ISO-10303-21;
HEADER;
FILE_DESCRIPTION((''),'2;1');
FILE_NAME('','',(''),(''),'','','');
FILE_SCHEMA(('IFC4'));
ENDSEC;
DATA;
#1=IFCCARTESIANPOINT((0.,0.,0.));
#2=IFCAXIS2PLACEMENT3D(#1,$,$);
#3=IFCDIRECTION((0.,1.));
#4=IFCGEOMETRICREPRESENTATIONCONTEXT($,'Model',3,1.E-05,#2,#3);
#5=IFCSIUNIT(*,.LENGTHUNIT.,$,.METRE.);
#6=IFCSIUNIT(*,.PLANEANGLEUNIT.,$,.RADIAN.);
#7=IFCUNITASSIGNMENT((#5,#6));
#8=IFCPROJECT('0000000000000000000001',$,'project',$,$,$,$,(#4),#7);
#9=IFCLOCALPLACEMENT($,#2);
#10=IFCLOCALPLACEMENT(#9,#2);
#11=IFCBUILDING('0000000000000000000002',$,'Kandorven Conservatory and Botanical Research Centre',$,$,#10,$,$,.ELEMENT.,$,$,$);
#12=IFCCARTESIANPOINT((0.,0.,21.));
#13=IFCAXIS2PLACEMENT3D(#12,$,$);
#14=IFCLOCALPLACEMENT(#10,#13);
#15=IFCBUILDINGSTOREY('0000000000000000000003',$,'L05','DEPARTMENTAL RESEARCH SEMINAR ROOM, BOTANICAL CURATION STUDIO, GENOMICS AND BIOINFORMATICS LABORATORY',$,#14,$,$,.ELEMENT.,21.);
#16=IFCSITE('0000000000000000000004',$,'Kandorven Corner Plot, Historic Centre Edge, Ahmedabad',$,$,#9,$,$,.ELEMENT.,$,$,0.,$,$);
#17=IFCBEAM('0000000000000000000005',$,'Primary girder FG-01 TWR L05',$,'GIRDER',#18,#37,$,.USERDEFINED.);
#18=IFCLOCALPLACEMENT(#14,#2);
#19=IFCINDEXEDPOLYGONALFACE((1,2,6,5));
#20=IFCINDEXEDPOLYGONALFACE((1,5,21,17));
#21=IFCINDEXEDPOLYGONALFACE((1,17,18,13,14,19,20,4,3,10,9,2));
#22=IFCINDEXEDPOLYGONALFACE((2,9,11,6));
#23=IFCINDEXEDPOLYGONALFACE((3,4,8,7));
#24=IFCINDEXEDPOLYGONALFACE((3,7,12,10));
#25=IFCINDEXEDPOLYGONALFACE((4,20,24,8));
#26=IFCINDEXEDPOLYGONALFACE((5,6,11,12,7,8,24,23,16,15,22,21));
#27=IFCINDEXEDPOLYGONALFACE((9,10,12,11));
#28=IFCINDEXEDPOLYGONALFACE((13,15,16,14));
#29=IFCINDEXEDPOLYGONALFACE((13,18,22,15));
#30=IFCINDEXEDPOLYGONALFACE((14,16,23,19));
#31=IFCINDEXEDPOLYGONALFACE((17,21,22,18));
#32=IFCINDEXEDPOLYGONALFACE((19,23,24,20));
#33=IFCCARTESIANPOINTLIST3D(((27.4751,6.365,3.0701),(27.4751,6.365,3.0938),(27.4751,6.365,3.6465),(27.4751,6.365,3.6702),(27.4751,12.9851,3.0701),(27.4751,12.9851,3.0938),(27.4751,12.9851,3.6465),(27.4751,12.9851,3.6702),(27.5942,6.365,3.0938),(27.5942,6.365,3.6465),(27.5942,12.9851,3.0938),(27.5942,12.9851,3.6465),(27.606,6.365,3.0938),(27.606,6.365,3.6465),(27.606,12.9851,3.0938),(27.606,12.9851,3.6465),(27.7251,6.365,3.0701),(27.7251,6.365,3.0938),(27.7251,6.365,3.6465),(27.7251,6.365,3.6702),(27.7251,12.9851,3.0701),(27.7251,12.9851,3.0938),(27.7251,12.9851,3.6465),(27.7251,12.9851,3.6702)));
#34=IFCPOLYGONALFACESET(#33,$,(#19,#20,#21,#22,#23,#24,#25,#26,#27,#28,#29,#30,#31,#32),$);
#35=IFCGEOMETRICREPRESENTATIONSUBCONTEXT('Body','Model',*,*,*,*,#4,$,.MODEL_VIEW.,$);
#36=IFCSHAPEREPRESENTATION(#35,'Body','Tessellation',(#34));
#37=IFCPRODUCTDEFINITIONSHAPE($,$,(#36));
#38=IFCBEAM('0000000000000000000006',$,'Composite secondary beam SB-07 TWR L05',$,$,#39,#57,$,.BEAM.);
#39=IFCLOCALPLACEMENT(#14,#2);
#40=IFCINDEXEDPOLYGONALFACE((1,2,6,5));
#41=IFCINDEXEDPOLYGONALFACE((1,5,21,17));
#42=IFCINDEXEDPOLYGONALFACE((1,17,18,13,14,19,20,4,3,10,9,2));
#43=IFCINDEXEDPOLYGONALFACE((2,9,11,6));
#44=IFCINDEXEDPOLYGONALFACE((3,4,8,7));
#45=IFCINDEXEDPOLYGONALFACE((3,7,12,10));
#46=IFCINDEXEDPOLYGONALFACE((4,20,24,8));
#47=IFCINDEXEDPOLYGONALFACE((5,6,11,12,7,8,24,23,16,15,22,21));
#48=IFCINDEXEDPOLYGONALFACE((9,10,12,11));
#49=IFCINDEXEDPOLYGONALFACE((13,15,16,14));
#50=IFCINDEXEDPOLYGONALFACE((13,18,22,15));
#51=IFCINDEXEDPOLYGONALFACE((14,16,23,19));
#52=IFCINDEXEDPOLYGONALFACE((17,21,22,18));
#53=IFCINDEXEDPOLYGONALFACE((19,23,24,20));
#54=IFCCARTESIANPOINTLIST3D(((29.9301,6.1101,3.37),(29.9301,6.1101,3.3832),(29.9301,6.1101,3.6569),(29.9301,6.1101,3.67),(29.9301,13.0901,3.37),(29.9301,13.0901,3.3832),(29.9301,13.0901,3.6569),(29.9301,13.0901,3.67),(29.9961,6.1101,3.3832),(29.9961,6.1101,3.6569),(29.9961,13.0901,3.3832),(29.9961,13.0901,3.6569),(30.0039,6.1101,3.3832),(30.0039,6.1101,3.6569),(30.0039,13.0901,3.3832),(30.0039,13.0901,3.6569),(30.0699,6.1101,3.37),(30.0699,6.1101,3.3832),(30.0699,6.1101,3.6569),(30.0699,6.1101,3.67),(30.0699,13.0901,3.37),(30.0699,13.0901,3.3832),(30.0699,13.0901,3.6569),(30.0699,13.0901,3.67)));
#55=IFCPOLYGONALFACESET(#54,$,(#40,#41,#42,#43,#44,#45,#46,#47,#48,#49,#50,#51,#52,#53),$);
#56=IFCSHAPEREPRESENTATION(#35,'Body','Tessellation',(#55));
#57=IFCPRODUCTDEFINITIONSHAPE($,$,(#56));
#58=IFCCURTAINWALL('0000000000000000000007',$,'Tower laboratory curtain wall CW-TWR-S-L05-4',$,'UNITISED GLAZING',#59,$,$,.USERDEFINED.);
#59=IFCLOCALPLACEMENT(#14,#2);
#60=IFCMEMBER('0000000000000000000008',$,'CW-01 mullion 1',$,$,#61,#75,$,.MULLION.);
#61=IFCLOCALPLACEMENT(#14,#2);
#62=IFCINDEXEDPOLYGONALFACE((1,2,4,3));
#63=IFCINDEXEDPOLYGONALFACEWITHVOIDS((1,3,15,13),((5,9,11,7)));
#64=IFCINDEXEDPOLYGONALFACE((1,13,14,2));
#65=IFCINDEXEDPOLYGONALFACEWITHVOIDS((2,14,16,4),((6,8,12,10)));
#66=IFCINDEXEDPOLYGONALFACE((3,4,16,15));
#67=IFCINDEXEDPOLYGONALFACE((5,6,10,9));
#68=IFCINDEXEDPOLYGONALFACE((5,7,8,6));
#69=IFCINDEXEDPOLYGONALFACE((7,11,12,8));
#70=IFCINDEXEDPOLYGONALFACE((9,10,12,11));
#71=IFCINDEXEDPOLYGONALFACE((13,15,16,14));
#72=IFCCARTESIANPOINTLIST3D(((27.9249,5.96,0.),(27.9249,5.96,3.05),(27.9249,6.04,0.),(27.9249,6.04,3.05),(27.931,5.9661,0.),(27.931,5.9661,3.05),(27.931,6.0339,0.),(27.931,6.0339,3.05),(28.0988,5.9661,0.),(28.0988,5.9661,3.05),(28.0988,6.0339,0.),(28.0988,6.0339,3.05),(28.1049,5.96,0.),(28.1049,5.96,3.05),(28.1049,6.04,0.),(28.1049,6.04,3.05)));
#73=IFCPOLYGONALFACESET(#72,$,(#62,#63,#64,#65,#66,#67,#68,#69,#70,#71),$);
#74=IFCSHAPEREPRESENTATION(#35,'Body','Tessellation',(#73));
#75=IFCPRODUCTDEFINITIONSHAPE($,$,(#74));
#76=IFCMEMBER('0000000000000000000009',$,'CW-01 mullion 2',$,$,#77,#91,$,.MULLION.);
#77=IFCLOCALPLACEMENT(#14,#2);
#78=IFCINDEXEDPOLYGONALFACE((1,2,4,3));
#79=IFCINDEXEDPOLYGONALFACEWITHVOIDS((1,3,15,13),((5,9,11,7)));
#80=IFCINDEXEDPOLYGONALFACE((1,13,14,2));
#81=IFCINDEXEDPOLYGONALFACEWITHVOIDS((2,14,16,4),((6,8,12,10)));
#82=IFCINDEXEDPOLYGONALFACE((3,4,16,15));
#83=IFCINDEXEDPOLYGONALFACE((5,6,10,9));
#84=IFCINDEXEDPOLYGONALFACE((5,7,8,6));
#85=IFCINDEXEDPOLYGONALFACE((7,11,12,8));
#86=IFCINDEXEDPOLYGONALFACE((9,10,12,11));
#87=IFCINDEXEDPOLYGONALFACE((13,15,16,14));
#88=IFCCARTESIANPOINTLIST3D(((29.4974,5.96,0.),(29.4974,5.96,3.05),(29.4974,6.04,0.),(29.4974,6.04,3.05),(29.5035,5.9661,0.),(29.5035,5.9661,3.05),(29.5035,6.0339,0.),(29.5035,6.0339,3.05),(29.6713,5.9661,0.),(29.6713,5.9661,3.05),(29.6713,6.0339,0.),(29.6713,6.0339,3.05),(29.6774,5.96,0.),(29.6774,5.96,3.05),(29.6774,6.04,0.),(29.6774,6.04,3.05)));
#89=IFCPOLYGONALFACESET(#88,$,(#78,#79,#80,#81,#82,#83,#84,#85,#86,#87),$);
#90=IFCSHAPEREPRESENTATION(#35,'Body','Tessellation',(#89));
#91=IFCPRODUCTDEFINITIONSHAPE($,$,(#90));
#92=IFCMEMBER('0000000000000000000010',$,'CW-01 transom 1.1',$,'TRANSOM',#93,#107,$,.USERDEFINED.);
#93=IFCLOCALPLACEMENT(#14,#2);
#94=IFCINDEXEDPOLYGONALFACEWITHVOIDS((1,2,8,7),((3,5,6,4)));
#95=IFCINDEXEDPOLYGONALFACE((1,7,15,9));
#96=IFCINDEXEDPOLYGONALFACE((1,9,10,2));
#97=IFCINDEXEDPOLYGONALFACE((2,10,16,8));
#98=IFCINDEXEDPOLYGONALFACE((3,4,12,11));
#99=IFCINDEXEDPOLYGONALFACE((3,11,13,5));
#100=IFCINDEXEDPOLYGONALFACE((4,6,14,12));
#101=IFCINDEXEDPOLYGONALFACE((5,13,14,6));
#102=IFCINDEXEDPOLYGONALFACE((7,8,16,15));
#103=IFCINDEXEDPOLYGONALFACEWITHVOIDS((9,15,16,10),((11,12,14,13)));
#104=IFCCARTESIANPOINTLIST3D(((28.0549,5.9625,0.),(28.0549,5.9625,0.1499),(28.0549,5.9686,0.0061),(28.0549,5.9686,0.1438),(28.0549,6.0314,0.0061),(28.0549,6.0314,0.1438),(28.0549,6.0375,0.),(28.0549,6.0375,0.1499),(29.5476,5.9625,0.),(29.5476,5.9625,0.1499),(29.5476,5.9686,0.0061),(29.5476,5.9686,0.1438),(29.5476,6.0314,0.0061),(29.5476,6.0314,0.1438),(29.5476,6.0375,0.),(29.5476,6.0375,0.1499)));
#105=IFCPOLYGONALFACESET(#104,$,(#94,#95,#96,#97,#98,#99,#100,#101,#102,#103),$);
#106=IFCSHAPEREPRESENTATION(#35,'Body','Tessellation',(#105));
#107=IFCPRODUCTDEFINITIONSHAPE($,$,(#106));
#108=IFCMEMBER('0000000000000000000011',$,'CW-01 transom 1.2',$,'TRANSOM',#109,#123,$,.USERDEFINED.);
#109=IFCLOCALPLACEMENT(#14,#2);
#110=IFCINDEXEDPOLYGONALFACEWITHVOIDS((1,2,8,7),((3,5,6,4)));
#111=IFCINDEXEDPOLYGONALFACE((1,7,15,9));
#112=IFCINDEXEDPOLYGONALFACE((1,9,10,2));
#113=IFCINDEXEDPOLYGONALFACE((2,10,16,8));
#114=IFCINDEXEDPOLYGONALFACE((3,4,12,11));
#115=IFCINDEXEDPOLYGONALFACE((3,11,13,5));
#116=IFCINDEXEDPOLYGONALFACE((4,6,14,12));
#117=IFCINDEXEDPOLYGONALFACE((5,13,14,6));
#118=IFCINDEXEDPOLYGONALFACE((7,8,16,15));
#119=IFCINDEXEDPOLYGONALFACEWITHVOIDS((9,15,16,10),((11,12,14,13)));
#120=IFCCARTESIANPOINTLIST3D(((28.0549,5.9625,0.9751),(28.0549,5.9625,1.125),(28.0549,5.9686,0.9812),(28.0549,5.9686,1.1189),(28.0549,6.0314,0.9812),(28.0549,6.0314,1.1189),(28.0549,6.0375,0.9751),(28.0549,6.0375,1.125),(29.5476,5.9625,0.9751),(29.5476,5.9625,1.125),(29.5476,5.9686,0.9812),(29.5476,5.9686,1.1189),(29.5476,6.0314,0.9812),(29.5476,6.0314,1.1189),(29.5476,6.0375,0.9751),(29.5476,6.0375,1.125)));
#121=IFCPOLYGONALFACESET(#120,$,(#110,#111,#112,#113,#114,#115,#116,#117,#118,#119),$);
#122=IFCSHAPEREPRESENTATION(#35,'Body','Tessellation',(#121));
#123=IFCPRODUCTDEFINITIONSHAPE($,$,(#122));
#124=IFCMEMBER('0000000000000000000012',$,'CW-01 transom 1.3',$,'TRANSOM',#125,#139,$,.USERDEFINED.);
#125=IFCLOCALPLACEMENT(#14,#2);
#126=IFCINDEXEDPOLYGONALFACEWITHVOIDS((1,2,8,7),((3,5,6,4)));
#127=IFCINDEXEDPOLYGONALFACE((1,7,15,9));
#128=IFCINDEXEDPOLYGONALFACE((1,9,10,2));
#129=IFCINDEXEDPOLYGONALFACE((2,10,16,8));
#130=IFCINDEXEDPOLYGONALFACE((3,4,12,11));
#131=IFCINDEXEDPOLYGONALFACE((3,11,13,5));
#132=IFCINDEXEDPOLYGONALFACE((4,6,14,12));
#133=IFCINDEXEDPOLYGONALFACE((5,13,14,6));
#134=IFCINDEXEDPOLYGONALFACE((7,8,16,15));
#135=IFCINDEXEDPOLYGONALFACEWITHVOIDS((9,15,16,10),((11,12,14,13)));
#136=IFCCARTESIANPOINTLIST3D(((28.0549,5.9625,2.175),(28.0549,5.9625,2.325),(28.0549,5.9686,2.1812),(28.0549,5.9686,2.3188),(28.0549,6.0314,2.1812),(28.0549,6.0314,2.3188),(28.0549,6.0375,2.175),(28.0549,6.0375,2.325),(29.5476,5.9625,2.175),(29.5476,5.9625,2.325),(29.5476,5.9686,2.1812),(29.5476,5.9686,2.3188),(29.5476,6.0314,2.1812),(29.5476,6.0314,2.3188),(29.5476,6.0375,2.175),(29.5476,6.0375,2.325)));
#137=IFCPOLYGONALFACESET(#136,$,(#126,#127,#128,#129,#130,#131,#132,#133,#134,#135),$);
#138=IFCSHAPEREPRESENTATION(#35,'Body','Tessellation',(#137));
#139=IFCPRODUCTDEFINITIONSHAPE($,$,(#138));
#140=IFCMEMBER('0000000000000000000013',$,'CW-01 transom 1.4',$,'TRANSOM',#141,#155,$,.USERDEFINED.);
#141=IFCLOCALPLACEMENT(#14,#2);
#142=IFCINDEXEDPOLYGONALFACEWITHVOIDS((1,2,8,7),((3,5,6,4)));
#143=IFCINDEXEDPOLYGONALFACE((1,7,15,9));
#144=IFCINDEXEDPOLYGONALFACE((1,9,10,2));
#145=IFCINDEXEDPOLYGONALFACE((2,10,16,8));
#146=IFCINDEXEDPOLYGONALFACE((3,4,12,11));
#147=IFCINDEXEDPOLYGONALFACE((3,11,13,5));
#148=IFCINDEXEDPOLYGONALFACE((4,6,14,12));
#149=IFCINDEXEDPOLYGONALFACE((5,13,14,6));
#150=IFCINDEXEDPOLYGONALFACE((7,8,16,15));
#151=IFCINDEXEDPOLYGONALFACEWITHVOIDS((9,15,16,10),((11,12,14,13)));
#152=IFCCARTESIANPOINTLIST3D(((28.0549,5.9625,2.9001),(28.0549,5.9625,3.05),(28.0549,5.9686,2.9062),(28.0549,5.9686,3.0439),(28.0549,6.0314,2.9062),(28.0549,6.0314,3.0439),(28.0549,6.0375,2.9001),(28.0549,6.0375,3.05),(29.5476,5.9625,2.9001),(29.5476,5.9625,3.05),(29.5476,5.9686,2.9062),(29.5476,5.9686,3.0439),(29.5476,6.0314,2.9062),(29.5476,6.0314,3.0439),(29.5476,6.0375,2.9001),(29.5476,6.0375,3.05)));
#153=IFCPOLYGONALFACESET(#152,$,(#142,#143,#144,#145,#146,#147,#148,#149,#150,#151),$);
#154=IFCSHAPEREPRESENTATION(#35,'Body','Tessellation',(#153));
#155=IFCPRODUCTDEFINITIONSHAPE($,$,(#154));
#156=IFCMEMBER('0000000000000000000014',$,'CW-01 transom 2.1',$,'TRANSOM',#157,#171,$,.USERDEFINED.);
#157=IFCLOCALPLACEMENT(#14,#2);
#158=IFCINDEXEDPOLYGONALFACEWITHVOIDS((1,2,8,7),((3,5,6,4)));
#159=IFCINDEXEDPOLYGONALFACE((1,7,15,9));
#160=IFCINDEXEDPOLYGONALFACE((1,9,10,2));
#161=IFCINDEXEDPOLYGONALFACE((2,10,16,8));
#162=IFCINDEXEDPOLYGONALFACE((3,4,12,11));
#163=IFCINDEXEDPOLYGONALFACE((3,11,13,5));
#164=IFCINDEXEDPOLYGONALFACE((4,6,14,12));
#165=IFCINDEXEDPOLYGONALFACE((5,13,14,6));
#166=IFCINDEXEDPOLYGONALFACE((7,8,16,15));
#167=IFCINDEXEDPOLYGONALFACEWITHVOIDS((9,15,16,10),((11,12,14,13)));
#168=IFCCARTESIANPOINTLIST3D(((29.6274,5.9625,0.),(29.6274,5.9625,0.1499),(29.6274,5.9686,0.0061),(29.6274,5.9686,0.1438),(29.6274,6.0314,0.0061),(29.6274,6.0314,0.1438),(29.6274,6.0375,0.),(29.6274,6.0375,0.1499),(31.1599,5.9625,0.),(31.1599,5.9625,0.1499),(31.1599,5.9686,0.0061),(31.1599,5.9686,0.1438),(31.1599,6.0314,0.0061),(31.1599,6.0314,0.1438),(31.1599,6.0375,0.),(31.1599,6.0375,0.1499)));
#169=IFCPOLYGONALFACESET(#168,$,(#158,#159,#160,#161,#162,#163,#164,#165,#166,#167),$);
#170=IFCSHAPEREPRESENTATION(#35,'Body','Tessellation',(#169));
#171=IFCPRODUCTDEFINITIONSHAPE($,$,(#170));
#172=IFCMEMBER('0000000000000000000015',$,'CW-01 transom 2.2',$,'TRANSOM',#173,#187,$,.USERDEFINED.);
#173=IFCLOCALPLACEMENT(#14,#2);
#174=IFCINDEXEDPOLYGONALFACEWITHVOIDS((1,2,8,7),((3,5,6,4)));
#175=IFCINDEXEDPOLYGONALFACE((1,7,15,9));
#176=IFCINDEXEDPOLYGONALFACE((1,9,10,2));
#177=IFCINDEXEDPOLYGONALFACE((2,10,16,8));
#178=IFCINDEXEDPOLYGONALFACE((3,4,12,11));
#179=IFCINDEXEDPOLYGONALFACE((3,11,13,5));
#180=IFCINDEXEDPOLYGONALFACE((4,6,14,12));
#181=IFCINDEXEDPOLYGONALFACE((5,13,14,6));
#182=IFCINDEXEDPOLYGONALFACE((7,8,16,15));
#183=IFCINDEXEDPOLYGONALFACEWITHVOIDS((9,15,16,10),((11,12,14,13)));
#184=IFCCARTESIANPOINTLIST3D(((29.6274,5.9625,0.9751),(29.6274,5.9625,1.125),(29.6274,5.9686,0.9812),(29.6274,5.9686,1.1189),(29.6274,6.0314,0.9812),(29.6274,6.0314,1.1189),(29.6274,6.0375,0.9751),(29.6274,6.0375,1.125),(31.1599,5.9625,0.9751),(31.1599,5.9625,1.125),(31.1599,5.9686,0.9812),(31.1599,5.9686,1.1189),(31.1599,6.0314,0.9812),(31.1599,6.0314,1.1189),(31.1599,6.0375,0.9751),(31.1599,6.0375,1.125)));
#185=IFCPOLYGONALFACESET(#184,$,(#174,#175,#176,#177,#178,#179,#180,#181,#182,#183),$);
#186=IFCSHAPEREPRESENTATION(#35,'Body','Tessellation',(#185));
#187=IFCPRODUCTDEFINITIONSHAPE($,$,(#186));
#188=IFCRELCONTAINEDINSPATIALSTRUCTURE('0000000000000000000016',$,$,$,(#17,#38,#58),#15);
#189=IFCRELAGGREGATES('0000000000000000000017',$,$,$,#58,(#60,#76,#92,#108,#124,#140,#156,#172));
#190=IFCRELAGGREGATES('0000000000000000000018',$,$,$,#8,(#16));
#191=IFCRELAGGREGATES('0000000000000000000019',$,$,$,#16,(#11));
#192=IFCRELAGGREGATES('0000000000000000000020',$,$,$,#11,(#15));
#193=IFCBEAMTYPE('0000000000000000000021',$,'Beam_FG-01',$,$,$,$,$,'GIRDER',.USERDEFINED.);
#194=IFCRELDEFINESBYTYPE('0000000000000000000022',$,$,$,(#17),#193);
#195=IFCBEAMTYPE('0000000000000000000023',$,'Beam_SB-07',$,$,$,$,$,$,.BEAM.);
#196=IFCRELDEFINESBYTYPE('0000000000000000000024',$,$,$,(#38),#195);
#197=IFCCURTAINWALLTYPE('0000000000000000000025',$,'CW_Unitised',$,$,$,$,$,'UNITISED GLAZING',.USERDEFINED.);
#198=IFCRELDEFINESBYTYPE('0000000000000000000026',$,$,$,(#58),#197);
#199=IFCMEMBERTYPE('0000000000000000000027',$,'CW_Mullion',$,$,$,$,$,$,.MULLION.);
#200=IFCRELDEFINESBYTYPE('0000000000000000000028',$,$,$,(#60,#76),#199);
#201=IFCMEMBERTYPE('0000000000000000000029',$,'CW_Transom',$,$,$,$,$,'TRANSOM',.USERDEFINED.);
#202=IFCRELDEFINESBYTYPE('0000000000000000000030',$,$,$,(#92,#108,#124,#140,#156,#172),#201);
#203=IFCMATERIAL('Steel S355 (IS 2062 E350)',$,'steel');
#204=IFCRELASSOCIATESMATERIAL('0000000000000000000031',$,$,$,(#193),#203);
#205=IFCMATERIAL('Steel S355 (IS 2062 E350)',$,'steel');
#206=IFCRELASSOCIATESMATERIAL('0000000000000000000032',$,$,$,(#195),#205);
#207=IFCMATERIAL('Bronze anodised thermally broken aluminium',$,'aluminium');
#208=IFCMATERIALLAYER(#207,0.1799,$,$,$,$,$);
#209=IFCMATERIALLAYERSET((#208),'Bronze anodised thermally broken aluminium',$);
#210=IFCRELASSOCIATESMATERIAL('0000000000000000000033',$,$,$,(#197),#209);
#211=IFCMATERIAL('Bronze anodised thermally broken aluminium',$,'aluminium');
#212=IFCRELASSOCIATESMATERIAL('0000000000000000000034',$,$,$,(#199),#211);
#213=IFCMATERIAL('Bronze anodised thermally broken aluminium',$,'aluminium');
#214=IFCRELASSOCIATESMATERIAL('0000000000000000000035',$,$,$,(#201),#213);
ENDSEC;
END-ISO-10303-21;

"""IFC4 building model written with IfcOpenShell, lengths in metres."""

from ifc_helpers import new_model, si_unit, direction, frame, origin, origin_2d, place, context, subcontext, project, spatial, hollow_rectangle, i_section, extrude, material, layer, layer_set, material_profile, profile_set, type_object, element, aggregate, save


model = new_model("IFC4")

# Units and contexts
model_context = context("Model", 3, precision=1e-05, world=origin(), true_north=direction((0.0, 1.0)))
body_context = subcontext(model_context, "Body", "Model", "MODEL_VIEW")
ifc_project = project(units=[si_unit("LENGTHUNIT", "METRE"), si_unit("PLANEANGLEUNIT", "RADIAN")], contexts=[model_context])

# Site, building, storey
site_placement = place(None, origin())
site = spatial("IfcSite", under=ifc_project, at=site_placement, Name="Kandorven Corner Plot, Historic Centre Edge, Ahmedabad", CompositionType="ELEMENT", RefElevation=0.0)
building_placement = place(site_placement, origin())
building = spatial("IfcBuilding", under=site, at=building_placement, Name="Kandorven Conservatory and Botanical Research Centre", CompositionType="ELEMENT")
storey_placement = place(building_placement, frame((0.0, 0.0, 21.0)))
storey = spatial("IfcBuildingStorey", under=building, at=storey_placement, Name="L05", Description="DEPARTMENTAL RESEARCH SEMINAR ROOM, BOTANICAL CURATION STUDIO, GENOMICS AND BIOINFORMATICS LABORATORY", CompositionType="ELEMENT", Elevation=21.0)

# Beams
ifc_material_1 = material(Name="Steel S355 (IS 2062 E350)", Category="steel")
ifc_material_profile_1 = material_profile(ifc_material_1, i_section(OverallWidth=0.25, OverallDepth=0.6001, WebThickness=0.0117, FlangeThickness=0.0237, at=origin_2d()))
ifc_profile_set_1 = profile_set([ifc_material_profile_1], Name="Steel S355 (IS 2062 E350)")
beam_type_1 = type_object("IfcBeamType", Name="Beam_FG-01", ElementType="GIRDER", PredefinedType="USERDEFINED", material=ifc_profile_set_1)
beam_1_placement = place(storey_placement, frame((27.6001, 6.365, 3.3701), z_axis=(0.0, 1.0, 0.0), x_axis=(-1.0, 0.0, 0.0)))
element("IfcBeam", 1, at=beam_1_placement, inside=storey, type_object=beam_type_1, Name="Primary girder FG-01 TWR L05", ObjectType="GIRDER", PredefinedType="USERDEFINED", context=body_context, shape_type="SweptSolid", body=[
    extrude(i_section(OverallWidth=0.25, OverallDepth=0.6001, WebThickness=0.0117, FlangeThickness=0.0237, at=origin_2d()), origin(), (0.0, 0.0, 1.0), 6.6201),
])
ifc_material_2 = material(Name="Steel S355 (IS 2062 E350)", Category="steel")
ifc_material_profile_2 = material_profile(ifc_material_2, i_section(OverallWidth=0.1399, OverallDepth=0.3, WebThickness=0.0078, FlangeThickness=0.0132, at=origin_2d()))
ifc_profile_set_2 = profile_set([ifc_material_profile_2], Name="Steel S355 (IS 2062 E350)")
beam_type_2 = type_object("IfcBeamType", Name="Beam_SB-07", PredefinedType="BEAM", material=ifc_profile_set_2)
beam_2_placement = place(storey_placement, frame((30.0, 6.1101, 3.52), z_axis=(0.0, 1.0, 0.0), x_axis=(-1.0, 0.0, 0.0)))
element("IfcBeam", 2, at=beam_2_placement, inside=storey, type_object=beam_type_2, Name="Composite secondary beam SB-07 TWR L05", PredefinedType="BEAM", context=body_context, shape_type="SweptSolid", body=[
    extrude(i_section(OverallWidth=0.1399, OverallDepth=0.3, WebThickness=0.0078, FlangeThickness=0.0132, at=origin_2d()), origin(), (0.0, 0.0, 1.0), 6.98),
])

# Curtain wall, members
ifc_material_3 = material(Name="Bronze anodised thermally broken aluminium", Category="aluminium")
ifc_layer_1 = layer(ifc_material_3, 0.1799)
ifc_layer_set_1 = layer_set([ifc_layer_1], Name="Bronze anodised thermally broken aluminium")
curtain_wall_type = type_object("IfcCurtainWallType", Name="CW_Unitised", ElementType="UNITISED GLAZING", PredefinedType="USERDEFINED", material=ifc_layer_set_1)
curtain_wall_placement = place(storey_placement, origin())
curtain_wall = element("IfcCurtainWall", 3, at=curtain_wall_placement, inside=storey, type_object=curtain_wall_type, Name="Tower laboratory curtain wall CW-TWR-S-L05-4", ObjectType="UNITISED GLAZING", PredefinedType="USERDEFINED")
ifc_material_4 = material(Name="Bronze anodised thermally broken aluminium", Category="aluminium")
ifc_material_profile_3 = material_profile(ifc_material_4, hollow_rectangle(XDim=0.0801, YDim=0.1799, WallThickness=0.0061, at=origin_2d()))
ifc_profile_set_3 = profile_set([ifc_material_profile_3], Name="Bronze anodised thermally broken aluminium")
member_type_1 = type_object("IfcMemberType", Name="CW_Mullion", PredefinedType="MULLION", material=ifc_profile_set_3)
member_1_placement = place(storey_placement, frame((28.0149, 6.0, 0.0), z_axis=(0.0, 0.0, 1.0), x_axis=(0.0, 1.0, 0.0)))
member_1 = element("IfcMember", 4, at=member_1_placement, type_object=member_type_1, Name="CW-01 mullion 1", PredefinedType="MULLION", context=body_context, shape_type="SweptSolid", body=[
    extrude(hollow_rectangle(XDim=0.0801, YDim=0.1799, WallThickness=0.0061, at=origin_2d()), origin(), (0.0, 0.0, 1.0), 3.05),
])
member_2_placement = place(storey_placement, frame((29.5874, 6.0, 0.0), z_axis=(0.0, 0.0, 1.0), x_axis=(0.0, 1.0, 0.0)))
member_2 = element("IfcMember", 5, at=member_2_placement, type_object=member_type_1, Name="CW-01 mullion 2", PredefinedType="MULLION", context=body_context, shape_type="SweptSolid", body=[
    extrude(hollow_rectangle(XDim=0.0801, YDim=0.1799, WallThickness=0.0061, at=origin_2d()), origin(), (0.0, 0.0, 1.0), 3.05),
])
ifc_material_5 = material(Name="Bronze anodised thermally broken aluminium", Category="aluminium")
ifc_material_profile_4 = material_profile(ifc_material_5, hollow_rectangle(XDim=0.075, YDim=0.1499, WallThickness=0.0061, at=origin_2d()))
ifc_profile_set_4 = profile_set([ifc_material_profile_4], Name="Bronze anodised thermally broken aluminium")
member_type_2 = type_object("IfcMemberType", Name="CW_Transom", ElementType="TRANSOM", PredefinedType="USERDEFINED", material=ifc_profile_set_4)
member_3_placement = place(storey_placement, frame((28.0549, 6.0, 0.075), z_axis=(1.0, 0.0, 0.0), x_axis=(0.0, 1.0, 0.0)))
member_3 = element("IfcMember", 6, at=member_3_placement, type_object=member_type_2, Name="CW-01 transom 1.1", ObjectType="TRANSOM", PredefinedType="USERDEFINED", context=body_context, shape_type="SweptSolid", body=[
    extrude(hollow_rectangle(XDim=0.075, YDim=0.1499, WallThickness=0.0061, at=origin_2d()), origin(), (0.0, 0.0, 1.0), 1.4927),
])
member_4_placement = place(storey_placement, frame((28.0549, 6.0, 1.05), z_axis=(1.0, 0.0, 0.0), x_axis=(0.0, 1.0, 0.0)))
member_4 = element("IfcMember", 7, at=member_4_placement, type_object=member_type_2, Name="CW-01 transom 1.2", ObjectType="TRANSOM", PredefinedType="USERDEFINED", context=body_context, shape_type="SweptSolid", body=[
    extrude(hollow_rectangle(XDim=0.075, YDim=0.1499, WallThickness=0.0061, at=origin_2d()), origin(), (0.0, 0.0, 1.0), 1.4927),
])
member_5_placement = place(storey_placement, frame((28.0549, 6.0, 2.25), z_axis=(1.0, 0.0, 0.0), x_axis=(0.0, 1.0, 0.0)))
member_5 = element("IfcMember", 8, at=member_5_placement, type_object=member_type_2, Name="CW-01 transom 1.3", ObjectType="TRANSOM", PredefinedType="USERDEFINED", context=body_context, shape_type="SweptSolid", body=[
    extrude(hollow_rectangle(XDim=0.075, YDim=0.1499, WallThickness=0.0061, at=origin_2d()), origin(), (0.0, 0.0, 1.0), 1.4927),
])
member_6_placement = place(storey_placement, frame((28.0549, 6.0, 2.9751), z_axis=(1.0, 0.0, 0.0), x_axis=(0.0, 1.0, 0.0)))
member_6 = element("IfcMember", 9, at=member_6_placement, type_object=member_type_2, Name="CW-01 transom 1.4", ObjectType="TRANSOM", PredefinedType="USERDEFINED", context=body_context, shape_type="SweptSolid", body=[
    extrude(hollow_rectangle(XDim=0.075, YDim=0.1499, WallThickness=0.0061, at=origin_2d()), origin(), (0.0, 0.0, 1.0), 1.4927),
])
member_7_placement = place(storey_placement, frame((29.6274, 6.0, 0.075), z_axis=(1.0, 0.0, 0.0), x_axis=(0.0, 1.0, 0.0)))
member_7 = element("IfcMember", 10, at=member_7_placement, type_object=member_type_2, Name="CW-01 transom 2.1", ObjectType="TRANSOM", PredefinedType="USERDEFINED", context=body_context, shape_type="SweptSolid", body=[
    extrude(hollow_rectangle(XDim=0.075, YDim=0.1499, WallThickness=0.0061, at=origin_2d()), origin(), (0.0, 0.0, 1.0), 1.5325),
])
member_8_placement = place(storey_placement, frame((29.6274, 6.0, 1.05), z_axis=(1.0, 0.0, 0.0), x_axis=(0.0, 1.0, 0.0)))
member_8 = element("IfcMember", 11, at=member_8_placement, type_object=member_type_2, Name="CW-01 transom 2.2", ObjectType="TRANSOM", PredefinedType="USERDEFINED", context=body_context, shape_type="SweptSolid", body=[
    extrude(hollow_rectangle(XDim=0.075, YDim=0.1499, WallThickness=0.0061, at=origin_2d()), origin(), (0.0, 0.0, 1.0), 1.5325),
])
aggregate(curtain_wall, [member_1, member_2, member_3, member_4, member_5, member_6, member_7, member_8])

save(model, "model.ifc")
